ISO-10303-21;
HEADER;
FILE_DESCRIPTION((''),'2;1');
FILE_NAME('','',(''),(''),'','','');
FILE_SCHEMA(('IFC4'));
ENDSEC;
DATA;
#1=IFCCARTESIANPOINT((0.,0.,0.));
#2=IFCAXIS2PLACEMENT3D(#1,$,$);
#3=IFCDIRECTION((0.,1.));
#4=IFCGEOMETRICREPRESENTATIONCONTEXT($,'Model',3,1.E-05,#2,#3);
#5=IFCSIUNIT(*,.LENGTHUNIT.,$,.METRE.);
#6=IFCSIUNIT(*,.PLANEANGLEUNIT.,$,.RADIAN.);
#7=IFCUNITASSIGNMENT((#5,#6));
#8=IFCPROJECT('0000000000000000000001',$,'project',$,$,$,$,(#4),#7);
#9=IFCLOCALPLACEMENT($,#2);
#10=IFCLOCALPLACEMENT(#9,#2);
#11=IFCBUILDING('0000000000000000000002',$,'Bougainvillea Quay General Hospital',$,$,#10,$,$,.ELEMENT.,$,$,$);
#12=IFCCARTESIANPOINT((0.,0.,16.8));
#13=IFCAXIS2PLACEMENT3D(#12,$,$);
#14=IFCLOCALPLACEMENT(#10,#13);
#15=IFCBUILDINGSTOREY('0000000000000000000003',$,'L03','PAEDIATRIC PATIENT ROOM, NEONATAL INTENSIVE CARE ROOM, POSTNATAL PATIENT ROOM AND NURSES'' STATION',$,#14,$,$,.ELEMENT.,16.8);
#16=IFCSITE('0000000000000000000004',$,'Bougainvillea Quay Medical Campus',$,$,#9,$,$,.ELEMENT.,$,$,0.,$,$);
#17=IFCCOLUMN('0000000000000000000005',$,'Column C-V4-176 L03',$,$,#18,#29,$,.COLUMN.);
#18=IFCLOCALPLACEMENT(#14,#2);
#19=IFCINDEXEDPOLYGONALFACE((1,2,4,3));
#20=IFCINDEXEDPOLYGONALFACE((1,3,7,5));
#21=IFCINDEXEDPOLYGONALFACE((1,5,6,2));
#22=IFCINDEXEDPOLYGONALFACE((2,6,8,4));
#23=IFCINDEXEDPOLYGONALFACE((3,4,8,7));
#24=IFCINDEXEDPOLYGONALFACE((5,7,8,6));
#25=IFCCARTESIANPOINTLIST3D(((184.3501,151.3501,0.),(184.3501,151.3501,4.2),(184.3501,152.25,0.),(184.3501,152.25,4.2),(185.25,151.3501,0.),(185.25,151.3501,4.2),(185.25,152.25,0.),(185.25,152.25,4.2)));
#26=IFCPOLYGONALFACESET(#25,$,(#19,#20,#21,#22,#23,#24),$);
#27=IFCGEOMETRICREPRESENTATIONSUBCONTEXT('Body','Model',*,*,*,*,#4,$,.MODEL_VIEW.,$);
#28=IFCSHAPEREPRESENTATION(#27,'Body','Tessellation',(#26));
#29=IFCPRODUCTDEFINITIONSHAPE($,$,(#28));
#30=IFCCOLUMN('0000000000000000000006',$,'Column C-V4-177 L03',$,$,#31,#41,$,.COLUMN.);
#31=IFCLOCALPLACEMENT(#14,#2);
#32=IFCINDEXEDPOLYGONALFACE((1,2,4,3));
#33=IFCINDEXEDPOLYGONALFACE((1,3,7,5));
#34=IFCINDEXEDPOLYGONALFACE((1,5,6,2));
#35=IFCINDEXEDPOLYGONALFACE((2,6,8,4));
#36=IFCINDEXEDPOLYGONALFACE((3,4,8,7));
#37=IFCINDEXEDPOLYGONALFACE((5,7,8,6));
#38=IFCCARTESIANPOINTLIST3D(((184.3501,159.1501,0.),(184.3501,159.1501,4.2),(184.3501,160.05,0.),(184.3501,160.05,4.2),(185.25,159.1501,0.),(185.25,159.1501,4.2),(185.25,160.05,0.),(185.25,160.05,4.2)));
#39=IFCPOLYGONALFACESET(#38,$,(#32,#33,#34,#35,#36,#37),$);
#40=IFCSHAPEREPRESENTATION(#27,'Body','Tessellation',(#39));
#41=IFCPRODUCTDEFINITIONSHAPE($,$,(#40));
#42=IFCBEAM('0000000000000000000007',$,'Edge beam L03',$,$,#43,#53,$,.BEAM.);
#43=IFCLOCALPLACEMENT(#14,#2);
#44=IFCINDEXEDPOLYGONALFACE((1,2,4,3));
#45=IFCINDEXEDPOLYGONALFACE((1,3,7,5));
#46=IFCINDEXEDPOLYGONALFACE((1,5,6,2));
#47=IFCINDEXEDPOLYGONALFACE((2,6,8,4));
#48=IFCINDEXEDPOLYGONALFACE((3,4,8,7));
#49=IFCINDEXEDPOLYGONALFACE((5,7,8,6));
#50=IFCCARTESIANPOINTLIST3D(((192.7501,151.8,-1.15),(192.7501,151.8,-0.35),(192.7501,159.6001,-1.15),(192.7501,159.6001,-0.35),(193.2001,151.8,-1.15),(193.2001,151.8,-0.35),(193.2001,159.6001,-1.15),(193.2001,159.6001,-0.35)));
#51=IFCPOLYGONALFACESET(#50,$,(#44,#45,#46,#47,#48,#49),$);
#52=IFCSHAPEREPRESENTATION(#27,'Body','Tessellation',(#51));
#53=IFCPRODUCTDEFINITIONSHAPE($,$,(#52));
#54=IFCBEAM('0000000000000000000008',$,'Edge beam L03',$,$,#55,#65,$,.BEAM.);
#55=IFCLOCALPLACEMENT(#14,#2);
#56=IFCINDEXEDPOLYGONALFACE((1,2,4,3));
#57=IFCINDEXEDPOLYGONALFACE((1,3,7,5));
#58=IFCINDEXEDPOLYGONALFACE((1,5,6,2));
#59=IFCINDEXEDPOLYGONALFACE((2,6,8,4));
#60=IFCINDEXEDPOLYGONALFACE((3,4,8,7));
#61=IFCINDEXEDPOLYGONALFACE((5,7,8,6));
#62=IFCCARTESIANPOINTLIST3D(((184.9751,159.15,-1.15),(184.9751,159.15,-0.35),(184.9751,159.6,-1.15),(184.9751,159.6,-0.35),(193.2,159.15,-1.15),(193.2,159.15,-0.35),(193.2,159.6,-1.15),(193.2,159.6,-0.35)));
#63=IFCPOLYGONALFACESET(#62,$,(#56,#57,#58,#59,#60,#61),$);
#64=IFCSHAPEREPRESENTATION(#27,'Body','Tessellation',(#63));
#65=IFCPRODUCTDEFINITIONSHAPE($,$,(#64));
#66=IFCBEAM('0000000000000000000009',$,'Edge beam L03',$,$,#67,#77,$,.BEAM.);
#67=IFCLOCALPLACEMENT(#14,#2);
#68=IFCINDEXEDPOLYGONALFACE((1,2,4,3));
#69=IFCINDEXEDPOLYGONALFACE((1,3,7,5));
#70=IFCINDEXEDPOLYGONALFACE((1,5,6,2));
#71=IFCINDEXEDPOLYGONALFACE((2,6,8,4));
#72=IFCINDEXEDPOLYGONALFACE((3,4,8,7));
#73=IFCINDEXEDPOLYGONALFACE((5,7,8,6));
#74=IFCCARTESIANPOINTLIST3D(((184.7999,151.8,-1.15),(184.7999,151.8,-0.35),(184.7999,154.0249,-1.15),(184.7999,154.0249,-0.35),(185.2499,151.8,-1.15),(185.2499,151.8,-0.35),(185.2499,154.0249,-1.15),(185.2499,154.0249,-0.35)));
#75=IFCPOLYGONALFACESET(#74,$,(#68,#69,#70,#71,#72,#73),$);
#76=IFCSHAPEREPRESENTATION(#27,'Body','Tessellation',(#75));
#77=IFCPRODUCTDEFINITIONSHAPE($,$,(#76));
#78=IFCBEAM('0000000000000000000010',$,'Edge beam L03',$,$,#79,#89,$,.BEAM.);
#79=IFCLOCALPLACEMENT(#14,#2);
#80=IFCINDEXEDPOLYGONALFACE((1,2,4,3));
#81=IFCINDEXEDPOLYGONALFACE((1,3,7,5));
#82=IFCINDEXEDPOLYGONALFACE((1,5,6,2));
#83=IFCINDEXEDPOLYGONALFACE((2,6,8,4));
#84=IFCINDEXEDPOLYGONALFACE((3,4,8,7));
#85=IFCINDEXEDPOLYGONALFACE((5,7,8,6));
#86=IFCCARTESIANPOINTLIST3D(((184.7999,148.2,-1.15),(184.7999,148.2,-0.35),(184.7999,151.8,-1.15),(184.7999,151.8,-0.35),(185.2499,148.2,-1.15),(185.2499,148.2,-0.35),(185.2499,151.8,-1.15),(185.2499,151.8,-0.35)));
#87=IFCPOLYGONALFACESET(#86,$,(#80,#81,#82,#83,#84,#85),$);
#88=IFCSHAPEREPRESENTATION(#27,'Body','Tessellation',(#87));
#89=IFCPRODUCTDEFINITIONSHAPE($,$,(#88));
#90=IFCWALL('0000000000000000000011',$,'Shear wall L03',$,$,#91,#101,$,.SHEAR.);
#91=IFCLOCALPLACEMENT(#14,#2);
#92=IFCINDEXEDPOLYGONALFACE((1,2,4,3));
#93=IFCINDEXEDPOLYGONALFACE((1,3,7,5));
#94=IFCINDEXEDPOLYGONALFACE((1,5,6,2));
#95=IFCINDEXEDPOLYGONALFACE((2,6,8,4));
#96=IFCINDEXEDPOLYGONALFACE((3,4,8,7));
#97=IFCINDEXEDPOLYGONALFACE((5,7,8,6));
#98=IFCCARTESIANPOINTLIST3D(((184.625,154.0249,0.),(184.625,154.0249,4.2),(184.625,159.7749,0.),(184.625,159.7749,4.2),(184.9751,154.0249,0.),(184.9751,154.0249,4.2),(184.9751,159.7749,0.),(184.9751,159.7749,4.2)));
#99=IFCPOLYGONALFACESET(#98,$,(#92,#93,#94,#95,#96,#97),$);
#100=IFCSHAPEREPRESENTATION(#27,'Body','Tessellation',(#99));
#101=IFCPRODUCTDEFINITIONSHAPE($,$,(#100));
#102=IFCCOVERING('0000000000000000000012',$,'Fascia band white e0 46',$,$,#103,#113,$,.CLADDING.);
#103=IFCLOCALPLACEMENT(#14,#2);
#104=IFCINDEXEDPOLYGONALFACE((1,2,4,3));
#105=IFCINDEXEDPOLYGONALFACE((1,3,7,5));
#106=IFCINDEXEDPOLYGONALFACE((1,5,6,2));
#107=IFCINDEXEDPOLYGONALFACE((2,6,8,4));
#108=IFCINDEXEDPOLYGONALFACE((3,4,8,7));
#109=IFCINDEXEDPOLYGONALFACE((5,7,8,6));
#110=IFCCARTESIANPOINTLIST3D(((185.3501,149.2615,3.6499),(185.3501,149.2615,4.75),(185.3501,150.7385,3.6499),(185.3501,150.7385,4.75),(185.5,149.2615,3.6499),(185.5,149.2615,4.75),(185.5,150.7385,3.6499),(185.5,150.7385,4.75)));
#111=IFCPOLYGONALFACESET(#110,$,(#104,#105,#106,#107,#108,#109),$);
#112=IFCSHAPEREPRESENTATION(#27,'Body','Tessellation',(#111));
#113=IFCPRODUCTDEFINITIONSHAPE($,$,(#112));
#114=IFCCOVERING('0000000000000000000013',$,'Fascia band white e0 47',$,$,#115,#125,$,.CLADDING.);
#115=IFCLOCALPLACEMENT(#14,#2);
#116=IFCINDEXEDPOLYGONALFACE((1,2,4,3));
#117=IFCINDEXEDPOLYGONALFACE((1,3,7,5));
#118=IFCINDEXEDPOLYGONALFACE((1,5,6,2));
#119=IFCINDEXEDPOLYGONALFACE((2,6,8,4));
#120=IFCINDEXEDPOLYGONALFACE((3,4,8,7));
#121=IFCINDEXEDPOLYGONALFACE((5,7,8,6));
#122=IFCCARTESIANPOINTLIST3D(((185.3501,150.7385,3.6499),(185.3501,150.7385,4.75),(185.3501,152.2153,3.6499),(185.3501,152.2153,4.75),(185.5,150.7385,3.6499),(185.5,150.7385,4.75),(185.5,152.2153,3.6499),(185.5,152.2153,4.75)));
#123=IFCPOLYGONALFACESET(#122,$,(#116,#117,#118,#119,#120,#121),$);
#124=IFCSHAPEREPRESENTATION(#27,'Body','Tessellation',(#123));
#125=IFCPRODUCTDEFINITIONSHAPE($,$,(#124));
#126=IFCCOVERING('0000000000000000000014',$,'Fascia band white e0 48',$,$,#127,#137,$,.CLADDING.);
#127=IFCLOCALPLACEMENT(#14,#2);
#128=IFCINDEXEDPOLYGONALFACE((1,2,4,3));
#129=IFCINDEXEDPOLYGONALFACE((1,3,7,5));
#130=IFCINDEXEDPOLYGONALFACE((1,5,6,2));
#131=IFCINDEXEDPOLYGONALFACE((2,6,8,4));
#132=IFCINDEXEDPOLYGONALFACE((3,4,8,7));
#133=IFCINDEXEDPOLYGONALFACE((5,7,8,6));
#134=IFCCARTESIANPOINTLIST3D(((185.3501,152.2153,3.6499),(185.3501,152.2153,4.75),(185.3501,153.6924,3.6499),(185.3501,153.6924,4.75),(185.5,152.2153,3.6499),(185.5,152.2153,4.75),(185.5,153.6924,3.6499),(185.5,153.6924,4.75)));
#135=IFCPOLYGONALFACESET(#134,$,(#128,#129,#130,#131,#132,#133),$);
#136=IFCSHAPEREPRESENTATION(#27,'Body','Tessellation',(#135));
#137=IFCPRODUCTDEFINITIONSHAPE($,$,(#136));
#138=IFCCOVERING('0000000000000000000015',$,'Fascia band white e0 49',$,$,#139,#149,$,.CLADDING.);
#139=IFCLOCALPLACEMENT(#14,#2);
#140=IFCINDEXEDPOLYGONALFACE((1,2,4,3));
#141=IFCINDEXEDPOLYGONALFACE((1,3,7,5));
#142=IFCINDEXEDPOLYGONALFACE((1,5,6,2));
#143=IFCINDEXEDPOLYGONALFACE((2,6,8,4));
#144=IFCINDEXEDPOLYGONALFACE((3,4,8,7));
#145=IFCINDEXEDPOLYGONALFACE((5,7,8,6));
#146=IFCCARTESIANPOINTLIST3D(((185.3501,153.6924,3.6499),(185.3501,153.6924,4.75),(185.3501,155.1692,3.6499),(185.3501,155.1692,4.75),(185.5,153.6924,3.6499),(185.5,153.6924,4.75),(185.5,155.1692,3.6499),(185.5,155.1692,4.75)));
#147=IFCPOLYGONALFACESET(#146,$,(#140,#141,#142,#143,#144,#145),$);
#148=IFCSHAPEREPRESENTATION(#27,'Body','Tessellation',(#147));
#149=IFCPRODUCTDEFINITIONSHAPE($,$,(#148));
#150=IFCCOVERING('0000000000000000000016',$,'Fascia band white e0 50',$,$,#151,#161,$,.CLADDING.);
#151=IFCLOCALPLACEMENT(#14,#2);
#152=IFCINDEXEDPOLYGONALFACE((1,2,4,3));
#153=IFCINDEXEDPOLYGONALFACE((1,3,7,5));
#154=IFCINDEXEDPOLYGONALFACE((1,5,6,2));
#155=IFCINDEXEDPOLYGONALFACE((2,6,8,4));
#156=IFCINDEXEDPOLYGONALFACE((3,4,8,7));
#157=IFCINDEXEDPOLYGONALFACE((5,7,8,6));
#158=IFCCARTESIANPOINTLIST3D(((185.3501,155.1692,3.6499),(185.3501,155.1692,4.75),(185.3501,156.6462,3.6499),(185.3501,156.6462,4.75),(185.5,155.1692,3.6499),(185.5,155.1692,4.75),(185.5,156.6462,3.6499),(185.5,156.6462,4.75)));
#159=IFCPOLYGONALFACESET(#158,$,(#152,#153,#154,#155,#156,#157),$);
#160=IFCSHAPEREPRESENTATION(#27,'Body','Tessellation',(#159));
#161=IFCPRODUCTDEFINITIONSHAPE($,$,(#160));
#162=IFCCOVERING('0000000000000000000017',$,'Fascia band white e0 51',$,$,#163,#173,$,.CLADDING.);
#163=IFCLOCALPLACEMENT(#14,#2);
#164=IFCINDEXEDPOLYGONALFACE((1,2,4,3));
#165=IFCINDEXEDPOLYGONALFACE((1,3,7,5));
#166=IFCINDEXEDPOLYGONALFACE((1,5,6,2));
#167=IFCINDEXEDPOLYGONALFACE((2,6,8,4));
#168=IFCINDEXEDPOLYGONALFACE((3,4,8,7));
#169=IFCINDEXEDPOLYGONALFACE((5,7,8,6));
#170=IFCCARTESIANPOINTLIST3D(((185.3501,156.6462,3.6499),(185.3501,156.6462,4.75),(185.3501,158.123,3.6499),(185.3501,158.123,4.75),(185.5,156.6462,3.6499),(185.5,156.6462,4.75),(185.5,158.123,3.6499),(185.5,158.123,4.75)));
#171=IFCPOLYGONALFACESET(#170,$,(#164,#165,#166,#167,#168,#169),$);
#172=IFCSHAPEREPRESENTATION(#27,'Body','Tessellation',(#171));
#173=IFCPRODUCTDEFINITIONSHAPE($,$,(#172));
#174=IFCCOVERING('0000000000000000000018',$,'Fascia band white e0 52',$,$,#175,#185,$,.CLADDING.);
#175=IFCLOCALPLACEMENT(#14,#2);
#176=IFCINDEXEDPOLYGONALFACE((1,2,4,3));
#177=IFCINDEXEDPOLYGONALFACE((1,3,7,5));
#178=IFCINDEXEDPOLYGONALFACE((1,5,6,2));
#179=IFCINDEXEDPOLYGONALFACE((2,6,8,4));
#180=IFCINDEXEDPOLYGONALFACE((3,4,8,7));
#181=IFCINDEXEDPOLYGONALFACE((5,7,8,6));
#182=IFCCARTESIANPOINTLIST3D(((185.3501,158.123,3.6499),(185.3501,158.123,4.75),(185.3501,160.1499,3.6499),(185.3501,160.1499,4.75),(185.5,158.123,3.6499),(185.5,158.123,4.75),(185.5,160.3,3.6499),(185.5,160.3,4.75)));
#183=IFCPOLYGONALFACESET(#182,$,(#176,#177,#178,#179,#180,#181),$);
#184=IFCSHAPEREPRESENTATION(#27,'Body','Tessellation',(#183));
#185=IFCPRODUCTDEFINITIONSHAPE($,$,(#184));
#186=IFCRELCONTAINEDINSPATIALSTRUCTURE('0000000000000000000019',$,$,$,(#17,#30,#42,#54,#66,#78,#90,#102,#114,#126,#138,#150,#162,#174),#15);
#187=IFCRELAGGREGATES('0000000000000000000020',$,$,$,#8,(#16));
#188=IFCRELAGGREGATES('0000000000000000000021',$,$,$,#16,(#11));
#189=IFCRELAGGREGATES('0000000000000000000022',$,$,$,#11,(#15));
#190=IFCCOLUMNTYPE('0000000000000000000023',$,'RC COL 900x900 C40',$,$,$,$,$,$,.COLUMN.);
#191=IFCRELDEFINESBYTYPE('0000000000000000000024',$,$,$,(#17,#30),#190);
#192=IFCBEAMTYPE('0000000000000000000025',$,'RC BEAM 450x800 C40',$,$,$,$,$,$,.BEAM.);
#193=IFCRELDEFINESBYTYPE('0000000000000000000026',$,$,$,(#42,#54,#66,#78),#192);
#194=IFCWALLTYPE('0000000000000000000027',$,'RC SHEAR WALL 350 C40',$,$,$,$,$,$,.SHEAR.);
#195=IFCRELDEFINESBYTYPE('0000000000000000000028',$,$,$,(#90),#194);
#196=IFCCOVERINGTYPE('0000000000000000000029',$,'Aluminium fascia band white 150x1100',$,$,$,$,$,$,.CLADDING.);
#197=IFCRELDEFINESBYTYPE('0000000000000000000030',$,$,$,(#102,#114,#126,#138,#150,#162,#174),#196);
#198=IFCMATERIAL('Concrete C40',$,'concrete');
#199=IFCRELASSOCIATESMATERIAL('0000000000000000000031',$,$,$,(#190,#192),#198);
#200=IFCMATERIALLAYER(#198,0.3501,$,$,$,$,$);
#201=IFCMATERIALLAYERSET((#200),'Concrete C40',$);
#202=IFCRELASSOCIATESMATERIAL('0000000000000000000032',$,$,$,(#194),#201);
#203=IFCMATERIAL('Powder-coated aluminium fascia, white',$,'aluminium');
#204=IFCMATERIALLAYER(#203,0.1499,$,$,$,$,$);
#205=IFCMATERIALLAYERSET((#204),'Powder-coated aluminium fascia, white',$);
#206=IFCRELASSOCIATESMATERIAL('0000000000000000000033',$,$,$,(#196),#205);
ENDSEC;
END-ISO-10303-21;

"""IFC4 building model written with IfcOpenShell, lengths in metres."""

from ifc_helpers import new_model, si_unit, direction, frame, frame_2d, origin, origin_2d, place, context, subcontext, project, spatial, polyline, rectangle, outline, extrude, material, layer, layer_set, material_profile, profile_set, type_object, element, save


model = new_model("IFC4")

# Units and contexts
model_context = context("Model", 3, precision=1e-05, world=origin(), true_north=direction((0.0, 1.0)))
body_context = subcontext(model_context, "Body", "Model", "MODEL_VIEW")
ifc_project = project(units=[si_unit("LENGTHUNIT", "METRE"), si_unit("PLANEANGLEUNIT", "RADIAN")], contexts=[model_context])

# Site, building, storey
site_placement = place(None, origin())
site = spatial("IfcSite", under=ifc_project, at=site_placement, Name="Bougainvillea Quay Medical Campus", CompositionType="ELEMENT", RefElevation=0.0)
building_placement = place(site_placement, origin())
building = spatial("IfcBuilding", under=site, at=building_placement, Name="Bougainvillea Quay General Hospital", CompositionType="ELEMENT")
storey_placement = place(building_placement, frame((0.0, 0.0, 16.8)))
storey = spatial("IfcBuildingStorey", under=building, at=storey_placement, Name="L03", Description="PAEDIATRIC PATIENT ROOM, NEONATAL INTENSIVE CARE ROOM, POSTNATAL PATIENT ROOM AND NURSES' STATION", CompositionType="ELEMENT", Elevation=16.8)

# Columns
ifc_material_1 = material(Name="Concrete C40", Category="concrete")
ifc_material_profile_1 = material_profile(ifc_material_1, rectangle(XDim=0.8999, YDim=0.8999, at=origin_2d()))
ifc_profile_set_1 = profile_set([ifc_material_profile_1], Name="Concrete C40")
column_type = type_object("IfcColumnType", Name="RC COL 900x900 C40", PredefinedType="COLUMN", material=ifc_profile_set_1)
for number, where, z_axis, x_axis, name in (
    (1, (184.8, 151.8, 0.0), (0.0, 0.0, 1.0), (1.0, 0.0, 0.0), "Column C-V4-176 L03"),
    (2, (184.8, 159.6001, 0.0), (0.0, 0.0, 1.0), (1.0, 0.0, 0.0), "Column C-V4-177 L03"),
):
    element("IfcColumn", number, at=place(storey_placement, frame(where, z_axis=z_axis, x_axis=x_axis)), inside=storey, type_object=column_type, Name=name, PredefinedType="COLUMN", context=body_context, shape_type="SweptSolid", body=[
        extrude(rectangle(XDim=0.8999, YDim=0.8999, at=origin_2d()), origin(), (0.0, 0.0, 1.0), 4.2),
    ])

# Beams
ifc_material_profile_2 = material_profile(ifc_material_1, rectangle(XDim=0.45, YDim=0.8, at=origin_2d()))
ifc_profile_set_2 = profile_set([ifc_material_profile_2], Name="Concrete C40")
beam_type = type_object("IfcBeamType", Name="RC BEAM 450x800 C40", PredefinedType="BEAM", material=ifc_profile_set_2)
beam_1_placement = place(storey_placement, frame((192.9751, 151.8, -0.75), z_axis=(0.0, 1.0, 0.0), x_axis=(-1.0, 0.0, 0.0)))
element("IfcBeam", 3, at=beam_1_placement, inside=storey, type_object=beam_type, Name="Edge beam L03", PredefinedType="BEAM", context=body_context, shape_type="SweptSolid", body=[
    extrude(rectangle(XDim=0.45, YDim=0.8, at=origin_2d()), origin(), (0.0, 0.0, 1.0), 7.8),
])
beam_2_placement = place(storey_placement, frame((193.2, 159.375, -0.75), z_axis=(-1.0, 0.0, 0.0), x_axis=(0.0, -1.0, 0.0)))
element("IfcBeam", 4, at=beam_2_placement, inside=storey, type_object=beam_type, Name="Edge beam L03", PredefinedType="BEAM", context=body_context, shape_type="SweptSolid", body=[
    extrude(rectangle(XDim=0.45, YDim=0.8, at=origin_2d()), origin(), (0.0, 0.0, 1.0), 8.2249),
])
beam_3_placement = place(storey_placement, frame((185.0249, 154.0249, -0.75), z_axis=(0.0, -1.0, 0.0), x_axis=(1.0, 0.0, 0.0)))
element("IfcBeam", 5, at=beam_3_placement, inside=storey, type_object=beam_type, Name="Edge beam L03", PredefinedType="BEAM", context=body_context, shape_type="SweptSolid", body=[
    extrude(rectangle(XDim=0.45, YDim=0.8, at=origin_2d()), origin(), (0.0, 0.0, 1.0), 2.2249),
])
beam_4_placement = place(storey_placement, frame((185.0249, 151.8, -0.75), z_axis=(0.0, -1.0, 0.0), x_axis=(1.0, 0.0, 0.0)))
element("IfcBeam", 6, at=beam_4_placement, inside=storey, type_object=beam_type, Name="Edge beam L03", PredefinedType="BEAM", context=body_context, shape_type="SweptSolid", body=[
    extrude(rectangle(XDim=0.45, YDim=0.8, at=origin_2d()), origin(), (0.0, 0.0, 1.0), 3.6001),
])

# Wall
ifc_layer_1 = layer(ifc_material_1, 0.3501)
ifc_layer_set_1 = layer_set([ifc_layer_1], Name="Concrete C40")
wall_type_1 = type_object("IfcWallType", Name="RC SHEAR WALL 350 C40", PredefinedType="SHEAR", material=ifc_layer_set_1)
wall_1_placement = place(storey_placement, frame((184.8, 154.0249, 0.0), z_axis=(0.0, 0.0, 1.0), x_axis=(0.0, 1.0, 0.0)))
element("IfcWall", 7, at=wall_1_placement, inside=storey, type_object=wall_type_1, Name="Shear wall L03", PredefinedType="SHEAR", context=body_context, shape_type="SweptSolid", body=[
    extrude(rectangle(XDim=5.75, YDim=0.3501, at=frame_2d((2.875, 0.0))), origin(), (0.0, 0.0, 1.0), 4.2),
])

# Coverings
ifc_material_2 = material(Name="Powder-coated aluminium fascia, white", Category="aluminium")
ifc_layer_2 = layer(ifc_material_2, 0.1499)
ifc_layer_set_2 = layer_set([ifc_layer_2], Name="Powder-coated aluminium fascia, white")
covering_type = type_object("IfcCoveringType", Name="Aluminium fascia band white 150x1100", PredefinedType="CLADDING", material=ifc_layer_set_2)
covering_1_placement = place(storey_placement, frame((185.3501, 149.2615, 3.6499), z_axis=(0.0, 0.0, 1.0), x_axis=(0.0, 1.0, 0.0)))
element("IfcCovering", 8, at=covering_1_placement, inside=storey, type_object=covering_type, Name="Fascia band white e0 46", PredefinedType="CLADDING", context=body_context, shape_type="SweptSolid", body=[
    extrude(outline(polyline([(0.0, 0.0), (1.4771, 0.0), (1.4771, -0.1499), (0.0, -0.1499), (0.0, 0.0)])), origin(), (0.0, 0.0, 1.0), 1.1001),
])
covering_2_placement = place(storey_placement, frame((185.3501, 150.7385, 3.6499), z_axis=(0.0, 0.0, 1.0), x_axis=(0.0, 1.0, 0.0)))
element("IfcCovering", 9, at=covering_2_placement, inside=storey, type_object=covering_type, Name="Fascia band white e0 47", PredefinedType="CLADDING", context=body_context, shape_type="SweptSolid", body=[
    extrude(outline(polyline([(0.0, 0.0), (1.4768, 0.0), (1.4768, -0.1499), (0.0, -0.1499), (0.0, 0.0)])), origin(), (0.0, 0.0, 1.0), 1.1001),
])
covering_3_placement = place(storey_placement, frame((185.3501, 152.2153, 3.6499), z_axis=(0.0, 0.0, 1.0), x_axis=(0.0, 1.0, 0.0)))
element("IfcCovering", 10, at=covering_3_placement, inside=storey, type_object=covering_type, Name="Fascia band white e0 48", PredefinedType="CLADDING", context=body_context, shape_type="SweptSolid", body=[
    extrude(outline(polyline([(0.0, 0.0), (1.4771, 0.0), (1.4771, -0.1499), (0.0, -0.1499), (0.0, 0.0)])), origin(), (0.0, 0.0, 1.0), 1.1001),
])
covering_4_placement = place(storey_placement, frame((185.3501, 153.6924, 3.6499), z_axis=(0.0, 0.0, 1.0), x_axis=(0.0, 1.0, 0.0)))
element("IfcCovering", 11, at=covering_4_placement, inside=storey, type_object=covering_type, Name="Fascia band white e0 49", PredefinedType="CLADDING", context=body_context, shape_type="SweptSolid", body=[
    extrude(outline(polyline([(0.0, 0.0), (1.4768, 0.0), (1.4768, -0.1499), (0.0, -0.1499), (0.0, 0.0)])), origin(), (0.0, 0.0, 1.0), 1.1001),
])
covering_5_placement = place(storey_placement, frame((185.3501, 155.1692, 3.6499), z_axis=(0.0, 0.0, 1.0), x_axis=(0.0, 1.0, 0.0)))
element("IfcCovering", 12, at=covering_5_placement, inside=storey, type_object=covering_type, Name="Fascia band white e0 50", PredefinedType="CLADDING", context=body_context, shape_type="SweptSolid", body=[
    extrude(outline(polyline([(0.0, 0.0), (1.4771, 0.0), (1.4771, -0.1499), (0.0, -0.1499), (0.0, 0.0)])), origin(), (0.0, 0.0, 1.0), 1.1001),
])
covering_6_placement = place(storey_placement, frame((185.3501, 156.6462, 3.6499), z_axis=(0.0, 0.0, 1.0), x_axis=(0.0, 1.0, 0.0)))
element("IfcCovering", 13, at=covering_6_placement, inside=storey, type_object=covering_type, Name="Fascia band white e0 51", PredefinedType="CLADDING", context=body_context, shape_type="SweptSolid", body=[
    extrude(outline(polyline([(0.0, 0.0), (1.4768, 0.0), (1.4768, -0.1499), (0.0, -0.1499), (0.0, 0.0)])), origin(), (0.0, 0.0, 1.0), 1.1001),
])
covering_7_placement = place(storey_placement, frame((185.3501, 158.123, 3.6499), z_axis=(0.0, 0.0, 1.0), x_axis=(0.0, 1.0, 0.0)))
element("IfcCovering", 14, at=covering_7_placement, inside=storey, type_object=covering_type, Name="Fascia band white e0 52", PredefinedType="CLADDING", context=body_context, shape_type="SweptSolid", body=[
    extrude(outline(polyline([(0.0, 0.0), (2.0269, 0.0), (2.177, -0.1499), (0.0, -0.1499), (0.0, 0.0)])), origin(), (0.0, 0.0, 1.0), 1.1001),
])

save(model, "model.ifc")
